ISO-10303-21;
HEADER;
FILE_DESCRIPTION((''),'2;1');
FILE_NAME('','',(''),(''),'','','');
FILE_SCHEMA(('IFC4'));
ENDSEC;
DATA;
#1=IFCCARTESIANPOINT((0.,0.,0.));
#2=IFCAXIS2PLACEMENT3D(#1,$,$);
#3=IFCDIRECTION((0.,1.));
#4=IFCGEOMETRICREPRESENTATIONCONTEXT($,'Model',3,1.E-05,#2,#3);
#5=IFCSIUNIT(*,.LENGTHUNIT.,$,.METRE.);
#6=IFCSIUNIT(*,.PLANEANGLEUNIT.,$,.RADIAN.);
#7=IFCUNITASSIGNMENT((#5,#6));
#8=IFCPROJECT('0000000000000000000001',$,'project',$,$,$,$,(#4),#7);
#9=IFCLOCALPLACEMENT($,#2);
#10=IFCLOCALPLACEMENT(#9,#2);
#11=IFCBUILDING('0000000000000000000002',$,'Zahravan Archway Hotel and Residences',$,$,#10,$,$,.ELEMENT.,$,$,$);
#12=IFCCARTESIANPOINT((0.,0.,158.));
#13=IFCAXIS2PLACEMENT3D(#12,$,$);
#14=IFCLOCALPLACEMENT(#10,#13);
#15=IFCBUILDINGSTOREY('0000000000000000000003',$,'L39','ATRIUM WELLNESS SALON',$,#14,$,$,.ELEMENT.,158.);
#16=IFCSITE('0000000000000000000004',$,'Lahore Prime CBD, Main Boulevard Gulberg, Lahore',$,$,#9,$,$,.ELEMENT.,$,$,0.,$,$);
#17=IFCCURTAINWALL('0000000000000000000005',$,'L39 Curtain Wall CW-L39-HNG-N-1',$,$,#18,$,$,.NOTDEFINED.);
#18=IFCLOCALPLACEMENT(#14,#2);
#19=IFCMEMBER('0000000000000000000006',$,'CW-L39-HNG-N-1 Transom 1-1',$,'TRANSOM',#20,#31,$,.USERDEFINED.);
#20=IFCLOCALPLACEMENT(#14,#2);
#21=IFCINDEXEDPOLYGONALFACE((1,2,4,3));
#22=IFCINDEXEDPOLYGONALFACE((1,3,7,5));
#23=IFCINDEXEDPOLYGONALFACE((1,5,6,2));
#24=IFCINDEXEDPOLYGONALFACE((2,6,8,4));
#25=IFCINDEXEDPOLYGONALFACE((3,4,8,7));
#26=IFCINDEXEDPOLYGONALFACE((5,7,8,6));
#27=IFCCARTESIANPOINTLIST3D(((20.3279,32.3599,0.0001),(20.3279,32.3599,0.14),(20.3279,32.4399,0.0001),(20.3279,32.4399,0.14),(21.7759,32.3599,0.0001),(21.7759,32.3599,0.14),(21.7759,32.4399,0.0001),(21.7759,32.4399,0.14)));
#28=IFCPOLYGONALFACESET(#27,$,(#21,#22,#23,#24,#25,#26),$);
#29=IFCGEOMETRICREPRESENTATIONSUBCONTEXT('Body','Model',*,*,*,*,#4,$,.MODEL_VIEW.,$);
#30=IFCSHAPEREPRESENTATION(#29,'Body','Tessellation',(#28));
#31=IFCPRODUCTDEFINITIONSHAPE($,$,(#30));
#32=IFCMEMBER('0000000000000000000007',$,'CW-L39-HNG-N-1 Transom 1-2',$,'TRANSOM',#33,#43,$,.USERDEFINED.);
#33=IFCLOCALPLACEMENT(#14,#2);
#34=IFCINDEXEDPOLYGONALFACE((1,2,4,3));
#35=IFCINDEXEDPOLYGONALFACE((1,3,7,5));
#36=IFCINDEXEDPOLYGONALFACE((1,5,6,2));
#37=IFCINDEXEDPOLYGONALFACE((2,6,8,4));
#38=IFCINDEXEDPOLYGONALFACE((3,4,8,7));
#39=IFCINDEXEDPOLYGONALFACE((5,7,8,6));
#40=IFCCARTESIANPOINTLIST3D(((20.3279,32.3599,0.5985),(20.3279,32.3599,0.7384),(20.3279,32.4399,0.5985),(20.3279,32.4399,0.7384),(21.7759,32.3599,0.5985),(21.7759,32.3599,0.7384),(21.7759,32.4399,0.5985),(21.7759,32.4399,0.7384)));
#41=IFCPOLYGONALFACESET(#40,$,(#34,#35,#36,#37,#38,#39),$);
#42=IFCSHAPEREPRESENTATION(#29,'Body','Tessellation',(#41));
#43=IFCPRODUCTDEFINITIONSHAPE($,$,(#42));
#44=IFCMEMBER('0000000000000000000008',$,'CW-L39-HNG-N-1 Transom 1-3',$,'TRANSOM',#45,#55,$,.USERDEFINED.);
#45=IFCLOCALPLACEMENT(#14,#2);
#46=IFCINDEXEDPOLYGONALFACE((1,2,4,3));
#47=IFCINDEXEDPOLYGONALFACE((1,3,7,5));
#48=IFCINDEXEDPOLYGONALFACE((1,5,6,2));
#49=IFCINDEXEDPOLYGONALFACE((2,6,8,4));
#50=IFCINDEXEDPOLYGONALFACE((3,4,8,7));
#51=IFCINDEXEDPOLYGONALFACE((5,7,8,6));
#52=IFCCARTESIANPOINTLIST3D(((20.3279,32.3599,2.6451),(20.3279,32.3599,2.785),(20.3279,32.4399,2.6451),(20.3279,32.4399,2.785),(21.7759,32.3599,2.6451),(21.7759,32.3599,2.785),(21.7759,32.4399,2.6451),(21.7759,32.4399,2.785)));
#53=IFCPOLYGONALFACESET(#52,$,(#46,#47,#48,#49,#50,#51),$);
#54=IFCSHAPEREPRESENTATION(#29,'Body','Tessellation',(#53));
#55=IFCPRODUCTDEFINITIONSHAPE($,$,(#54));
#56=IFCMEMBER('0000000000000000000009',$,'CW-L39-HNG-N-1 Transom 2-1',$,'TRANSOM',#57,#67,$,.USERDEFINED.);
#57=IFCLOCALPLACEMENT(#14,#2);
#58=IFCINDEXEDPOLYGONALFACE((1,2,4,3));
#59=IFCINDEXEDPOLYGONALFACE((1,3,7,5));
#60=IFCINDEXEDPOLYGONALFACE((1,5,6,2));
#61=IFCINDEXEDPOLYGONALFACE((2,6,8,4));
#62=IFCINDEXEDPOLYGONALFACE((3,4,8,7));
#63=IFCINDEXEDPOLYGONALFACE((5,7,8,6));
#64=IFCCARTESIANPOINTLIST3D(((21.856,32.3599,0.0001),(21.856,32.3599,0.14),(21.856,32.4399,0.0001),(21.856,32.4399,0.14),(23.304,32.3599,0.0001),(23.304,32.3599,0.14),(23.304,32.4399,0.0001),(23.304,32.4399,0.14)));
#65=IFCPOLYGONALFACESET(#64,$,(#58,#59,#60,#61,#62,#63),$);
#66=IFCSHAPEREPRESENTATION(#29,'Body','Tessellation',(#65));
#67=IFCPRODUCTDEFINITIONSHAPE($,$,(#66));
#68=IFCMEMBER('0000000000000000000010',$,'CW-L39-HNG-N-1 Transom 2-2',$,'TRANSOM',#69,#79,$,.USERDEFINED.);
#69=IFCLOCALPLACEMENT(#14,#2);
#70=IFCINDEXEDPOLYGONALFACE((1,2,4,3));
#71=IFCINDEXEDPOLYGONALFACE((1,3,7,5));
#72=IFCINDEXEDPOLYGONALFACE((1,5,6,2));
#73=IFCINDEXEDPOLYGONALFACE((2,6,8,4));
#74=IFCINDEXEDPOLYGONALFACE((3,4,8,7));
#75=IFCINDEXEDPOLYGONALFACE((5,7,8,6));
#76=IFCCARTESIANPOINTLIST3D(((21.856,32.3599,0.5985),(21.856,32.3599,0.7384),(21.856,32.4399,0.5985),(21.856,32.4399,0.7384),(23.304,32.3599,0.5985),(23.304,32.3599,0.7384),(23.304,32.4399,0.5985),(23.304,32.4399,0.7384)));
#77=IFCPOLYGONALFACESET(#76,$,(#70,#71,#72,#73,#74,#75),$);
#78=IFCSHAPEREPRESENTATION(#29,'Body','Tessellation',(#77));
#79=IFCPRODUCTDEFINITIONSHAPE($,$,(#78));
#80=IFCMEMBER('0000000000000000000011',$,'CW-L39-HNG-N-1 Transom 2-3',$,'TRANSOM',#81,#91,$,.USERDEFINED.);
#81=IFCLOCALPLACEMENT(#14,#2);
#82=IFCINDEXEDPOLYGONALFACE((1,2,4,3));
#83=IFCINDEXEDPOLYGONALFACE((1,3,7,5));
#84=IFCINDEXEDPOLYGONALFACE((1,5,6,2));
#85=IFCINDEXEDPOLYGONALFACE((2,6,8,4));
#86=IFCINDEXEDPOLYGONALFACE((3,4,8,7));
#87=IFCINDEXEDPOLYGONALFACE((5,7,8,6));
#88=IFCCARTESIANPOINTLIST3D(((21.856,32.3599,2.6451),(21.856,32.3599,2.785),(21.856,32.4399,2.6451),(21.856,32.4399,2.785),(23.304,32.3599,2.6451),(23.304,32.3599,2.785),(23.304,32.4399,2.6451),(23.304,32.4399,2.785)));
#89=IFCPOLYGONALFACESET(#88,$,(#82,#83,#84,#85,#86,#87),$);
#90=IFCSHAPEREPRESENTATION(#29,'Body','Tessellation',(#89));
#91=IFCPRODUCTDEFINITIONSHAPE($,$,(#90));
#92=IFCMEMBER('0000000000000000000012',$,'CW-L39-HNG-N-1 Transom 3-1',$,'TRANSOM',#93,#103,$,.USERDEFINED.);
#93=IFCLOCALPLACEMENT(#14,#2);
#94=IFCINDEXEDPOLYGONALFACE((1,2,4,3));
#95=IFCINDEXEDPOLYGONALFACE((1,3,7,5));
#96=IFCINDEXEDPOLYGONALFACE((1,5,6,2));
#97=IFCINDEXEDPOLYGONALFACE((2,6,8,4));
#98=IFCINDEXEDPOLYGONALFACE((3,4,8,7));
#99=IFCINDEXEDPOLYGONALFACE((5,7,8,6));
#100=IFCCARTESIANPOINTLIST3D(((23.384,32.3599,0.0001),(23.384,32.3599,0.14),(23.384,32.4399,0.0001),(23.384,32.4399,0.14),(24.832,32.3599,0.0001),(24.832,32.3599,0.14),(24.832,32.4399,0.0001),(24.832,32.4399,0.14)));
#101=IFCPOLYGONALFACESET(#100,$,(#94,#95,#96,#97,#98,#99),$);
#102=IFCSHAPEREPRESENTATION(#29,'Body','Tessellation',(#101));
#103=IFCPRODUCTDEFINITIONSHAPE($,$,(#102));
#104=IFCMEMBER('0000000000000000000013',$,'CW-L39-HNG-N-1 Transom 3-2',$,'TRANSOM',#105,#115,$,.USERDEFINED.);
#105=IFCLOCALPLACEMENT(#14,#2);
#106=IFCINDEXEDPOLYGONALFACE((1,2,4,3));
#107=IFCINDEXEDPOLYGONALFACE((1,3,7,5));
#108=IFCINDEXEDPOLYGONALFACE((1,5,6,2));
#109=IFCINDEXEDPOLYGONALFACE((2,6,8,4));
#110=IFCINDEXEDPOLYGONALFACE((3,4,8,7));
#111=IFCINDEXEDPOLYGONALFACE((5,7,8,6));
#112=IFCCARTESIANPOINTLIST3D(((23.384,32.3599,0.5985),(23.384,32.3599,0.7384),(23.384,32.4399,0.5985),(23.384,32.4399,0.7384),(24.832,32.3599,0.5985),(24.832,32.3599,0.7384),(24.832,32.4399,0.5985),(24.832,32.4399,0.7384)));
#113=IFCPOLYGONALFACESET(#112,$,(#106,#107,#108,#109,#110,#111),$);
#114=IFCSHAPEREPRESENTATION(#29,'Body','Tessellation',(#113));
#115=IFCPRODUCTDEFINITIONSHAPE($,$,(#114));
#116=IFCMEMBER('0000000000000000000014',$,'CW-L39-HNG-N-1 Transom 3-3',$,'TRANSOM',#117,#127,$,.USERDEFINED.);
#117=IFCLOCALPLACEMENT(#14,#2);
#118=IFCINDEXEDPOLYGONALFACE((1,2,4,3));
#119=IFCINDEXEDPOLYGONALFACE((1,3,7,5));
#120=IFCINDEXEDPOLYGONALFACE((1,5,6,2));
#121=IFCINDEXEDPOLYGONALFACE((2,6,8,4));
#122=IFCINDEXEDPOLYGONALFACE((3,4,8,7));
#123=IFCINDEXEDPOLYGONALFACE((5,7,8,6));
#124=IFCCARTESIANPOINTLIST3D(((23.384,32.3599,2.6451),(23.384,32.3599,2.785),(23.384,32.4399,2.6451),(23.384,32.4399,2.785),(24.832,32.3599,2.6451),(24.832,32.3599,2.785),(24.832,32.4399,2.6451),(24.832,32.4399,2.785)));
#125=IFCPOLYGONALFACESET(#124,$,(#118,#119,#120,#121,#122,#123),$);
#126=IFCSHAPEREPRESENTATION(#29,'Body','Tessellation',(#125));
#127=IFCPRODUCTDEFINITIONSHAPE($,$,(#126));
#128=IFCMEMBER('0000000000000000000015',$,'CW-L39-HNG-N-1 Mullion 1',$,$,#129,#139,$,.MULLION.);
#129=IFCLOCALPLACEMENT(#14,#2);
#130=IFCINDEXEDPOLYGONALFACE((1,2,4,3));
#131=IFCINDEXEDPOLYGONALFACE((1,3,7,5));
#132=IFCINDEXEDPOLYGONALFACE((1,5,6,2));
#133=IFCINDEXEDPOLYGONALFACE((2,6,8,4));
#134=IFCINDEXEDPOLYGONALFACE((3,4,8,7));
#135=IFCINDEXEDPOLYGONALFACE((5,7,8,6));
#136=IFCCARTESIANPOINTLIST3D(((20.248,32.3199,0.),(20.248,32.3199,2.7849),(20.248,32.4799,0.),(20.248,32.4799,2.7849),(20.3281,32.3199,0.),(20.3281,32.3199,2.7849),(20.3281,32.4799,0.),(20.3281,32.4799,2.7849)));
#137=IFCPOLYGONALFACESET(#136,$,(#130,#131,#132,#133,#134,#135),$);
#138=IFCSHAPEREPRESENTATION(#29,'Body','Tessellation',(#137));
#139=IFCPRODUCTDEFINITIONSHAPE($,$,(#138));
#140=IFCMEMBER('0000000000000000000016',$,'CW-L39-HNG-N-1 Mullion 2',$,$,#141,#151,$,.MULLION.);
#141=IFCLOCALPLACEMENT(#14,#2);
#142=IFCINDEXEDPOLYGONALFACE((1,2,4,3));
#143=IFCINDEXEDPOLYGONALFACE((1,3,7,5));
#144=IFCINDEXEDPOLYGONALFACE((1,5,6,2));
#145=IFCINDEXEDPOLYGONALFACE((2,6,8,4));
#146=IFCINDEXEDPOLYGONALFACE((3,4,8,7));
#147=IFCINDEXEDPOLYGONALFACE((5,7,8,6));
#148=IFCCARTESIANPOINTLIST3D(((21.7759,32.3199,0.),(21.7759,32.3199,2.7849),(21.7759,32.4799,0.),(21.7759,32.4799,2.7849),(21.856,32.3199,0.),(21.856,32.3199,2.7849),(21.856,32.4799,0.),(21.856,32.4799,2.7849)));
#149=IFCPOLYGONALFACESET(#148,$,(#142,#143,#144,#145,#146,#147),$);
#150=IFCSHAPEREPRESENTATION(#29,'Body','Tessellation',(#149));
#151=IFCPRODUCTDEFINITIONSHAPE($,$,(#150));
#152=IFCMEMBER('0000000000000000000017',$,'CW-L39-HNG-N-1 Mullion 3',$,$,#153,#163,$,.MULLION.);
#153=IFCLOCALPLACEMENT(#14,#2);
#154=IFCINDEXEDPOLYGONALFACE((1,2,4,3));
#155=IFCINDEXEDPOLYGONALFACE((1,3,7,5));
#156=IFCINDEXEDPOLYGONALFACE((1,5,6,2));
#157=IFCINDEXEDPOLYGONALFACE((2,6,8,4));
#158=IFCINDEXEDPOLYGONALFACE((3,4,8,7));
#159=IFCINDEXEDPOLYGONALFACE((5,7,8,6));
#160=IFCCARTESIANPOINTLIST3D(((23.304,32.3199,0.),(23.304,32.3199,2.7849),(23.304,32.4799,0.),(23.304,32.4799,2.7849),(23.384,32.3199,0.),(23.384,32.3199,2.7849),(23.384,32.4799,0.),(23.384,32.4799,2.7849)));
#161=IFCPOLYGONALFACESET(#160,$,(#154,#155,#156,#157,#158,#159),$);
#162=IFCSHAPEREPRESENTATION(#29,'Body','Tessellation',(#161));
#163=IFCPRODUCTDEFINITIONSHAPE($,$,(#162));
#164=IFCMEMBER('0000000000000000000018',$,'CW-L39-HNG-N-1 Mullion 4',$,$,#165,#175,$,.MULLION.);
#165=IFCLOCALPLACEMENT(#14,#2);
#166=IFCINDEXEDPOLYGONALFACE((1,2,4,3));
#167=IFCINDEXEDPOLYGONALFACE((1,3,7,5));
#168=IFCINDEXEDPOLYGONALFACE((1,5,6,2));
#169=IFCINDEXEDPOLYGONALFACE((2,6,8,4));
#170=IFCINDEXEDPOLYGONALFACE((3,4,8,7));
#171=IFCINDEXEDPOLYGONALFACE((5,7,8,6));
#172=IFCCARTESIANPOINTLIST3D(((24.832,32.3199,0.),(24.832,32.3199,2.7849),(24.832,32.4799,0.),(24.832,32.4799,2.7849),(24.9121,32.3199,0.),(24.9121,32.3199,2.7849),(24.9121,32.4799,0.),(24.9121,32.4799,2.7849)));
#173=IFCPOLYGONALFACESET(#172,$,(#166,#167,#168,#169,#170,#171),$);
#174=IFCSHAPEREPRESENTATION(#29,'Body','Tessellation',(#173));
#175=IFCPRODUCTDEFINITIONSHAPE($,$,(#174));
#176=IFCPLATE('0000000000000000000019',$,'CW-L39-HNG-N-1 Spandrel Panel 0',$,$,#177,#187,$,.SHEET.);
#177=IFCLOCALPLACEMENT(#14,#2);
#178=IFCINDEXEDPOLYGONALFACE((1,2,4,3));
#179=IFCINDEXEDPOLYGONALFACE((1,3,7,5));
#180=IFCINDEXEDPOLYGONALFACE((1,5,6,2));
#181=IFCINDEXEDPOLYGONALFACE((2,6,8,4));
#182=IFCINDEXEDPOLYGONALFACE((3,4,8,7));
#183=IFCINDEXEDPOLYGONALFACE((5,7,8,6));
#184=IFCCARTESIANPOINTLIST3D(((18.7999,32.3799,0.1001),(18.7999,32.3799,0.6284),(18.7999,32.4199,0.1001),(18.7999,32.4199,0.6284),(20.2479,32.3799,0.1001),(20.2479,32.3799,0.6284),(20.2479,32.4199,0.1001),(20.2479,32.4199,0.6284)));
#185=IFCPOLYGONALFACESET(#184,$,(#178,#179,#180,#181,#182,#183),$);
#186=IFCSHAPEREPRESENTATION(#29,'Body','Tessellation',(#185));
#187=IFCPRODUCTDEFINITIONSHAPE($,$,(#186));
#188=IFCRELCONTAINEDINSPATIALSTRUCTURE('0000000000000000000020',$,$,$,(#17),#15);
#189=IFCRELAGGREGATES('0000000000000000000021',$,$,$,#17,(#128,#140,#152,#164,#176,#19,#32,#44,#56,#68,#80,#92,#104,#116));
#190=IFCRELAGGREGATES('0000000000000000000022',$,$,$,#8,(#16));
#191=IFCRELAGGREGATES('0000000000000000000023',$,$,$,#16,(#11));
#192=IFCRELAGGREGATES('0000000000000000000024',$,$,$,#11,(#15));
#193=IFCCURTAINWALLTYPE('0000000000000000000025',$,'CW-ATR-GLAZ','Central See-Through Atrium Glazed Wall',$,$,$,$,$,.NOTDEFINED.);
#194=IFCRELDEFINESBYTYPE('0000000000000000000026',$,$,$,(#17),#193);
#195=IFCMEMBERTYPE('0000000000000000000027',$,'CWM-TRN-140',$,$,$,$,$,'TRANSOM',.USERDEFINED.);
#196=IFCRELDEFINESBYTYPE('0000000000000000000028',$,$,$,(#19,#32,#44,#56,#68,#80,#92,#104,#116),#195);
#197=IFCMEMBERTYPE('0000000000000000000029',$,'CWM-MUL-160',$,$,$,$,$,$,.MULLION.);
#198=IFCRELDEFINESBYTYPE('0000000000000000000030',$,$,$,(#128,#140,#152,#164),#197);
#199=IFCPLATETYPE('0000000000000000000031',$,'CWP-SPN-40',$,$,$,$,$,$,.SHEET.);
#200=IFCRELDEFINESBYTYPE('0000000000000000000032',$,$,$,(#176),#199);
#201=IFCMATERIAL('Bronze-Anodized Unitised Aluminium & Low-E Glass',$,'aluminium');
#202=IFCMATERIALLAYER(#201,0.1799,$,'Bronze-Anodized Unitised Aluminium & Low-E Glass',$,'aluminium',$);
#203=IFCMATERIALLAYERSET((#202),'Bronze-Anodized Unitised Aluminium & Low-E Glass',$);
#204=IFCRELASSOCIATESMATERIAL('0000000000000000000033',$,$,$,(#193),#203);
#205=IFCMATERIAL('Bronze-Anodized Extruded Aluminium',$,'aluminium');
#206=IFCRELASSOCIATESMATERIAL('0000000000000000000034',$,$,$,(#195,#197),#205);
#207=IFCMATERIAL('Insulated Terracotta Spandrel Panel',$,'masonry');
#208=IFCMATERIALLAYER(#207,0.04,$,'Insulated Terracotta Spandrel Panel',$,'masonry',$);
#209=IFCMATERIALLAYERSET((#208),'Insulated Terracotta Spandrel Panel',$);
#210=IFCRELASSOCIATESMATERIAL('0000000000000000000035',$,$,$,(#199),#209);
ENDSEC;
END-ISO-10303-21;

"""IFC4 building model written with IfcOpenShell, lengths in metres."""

from ifc_helpers import new_model, si_unit, direction, frame, origin, origin_2d, place, context, subcontext, project, spatial, rectangle, extrude, source, transform, mapped, material, layer, layer_set, material_profile, profile_set, type_object, element, aggregate, save


model = new_model("IFC4")

# Units and contexts
model_context = context("Model", 3, precision=1e-05, world=origin(), true_north=direction((0.0, 1.0)))
body_context = subcontext(model_context, "Body", "Model", "MODEL_VIEW")
ifc_project = project(units=[si_unit("LENGTHUNIT", "METRE"), si_unit("PLANEANGLEUNIT", "RADIAN")], contexts=[model_context])

# Site, building, storey
site_placement = place(None, origin())
site = spatial("IfcSite", under=ifc_project, at=site_placement, Name="Lahore Prime CBD, Main Boulevard Gulberg, Lahore", CompositionType="ELEMENT", RefElevation=0.0)
building_placement = place(site_placement, origin())
building = spatial("IfcBuilding", under=site, at=building_placement, Name="Zahravan Archway Hotel and Residences", CompositionType="ELEMENT")
storey_placement = place(building_placement, frame((0.0, 0.0, 158.0)))
storey = spatial("IfcBuildingStorey", under=building, at=storey_placement, Name="L39", Description="ATRIUM WELLNESS SALON", CompositionType="ELEMENT", Elevation=158.0)

# Curtain wall, members, plate
ifc_material_1 = material(Name="Bronze-Anodized Unitised Aluminium & Low-E Glass", Category="aluminium")
ifc_layer_1 = layer(ifc_material_1, 0.1799, Name="Bronze-Anodized Unitised Aluminium & Low-E Glass", Category="aluminium")
ifc_layer_set_1 = layer_set([ifc_layer_1], Name="Bronze-Anodized Unitised Aluminium & Low-E Glass")
curtain_wall_type = type_object("IfcCurtainWallType", Name="CW-ATR-GLAZ", Description="Central See-Through Atrium Glazed Wall", PredefinedType="NOTDEFINED", material=ifc_layer_set_1)
curtain_wall_placement = place(storey_placement, origin())
curtain_wall = element("IfcCurtainWall", 1, at=curtain_wall_placement, inside=storey, type_object=curtain_wall_type, Name="L39 Curtain Wall CW-L39-HNG-N-1", PredefinedType="NOTDEFINED")
ifc_material_2 = material(Name="Bronze-Anodized Extruded Aluminium", Category="aluminium")
ifc_material_profile_1 = material_profile(ifc_material_2, rectangle(XDim=0.0801, YDim=0.1399, at=origin_2d()), Name="TRN 80x140", Category="aluminium")
ifc_profile_set_1 = profile_set([ifc_material_profile_1], Name="Bronze-Anodized Extruded Aluminium")
member_type_1 = type_object("IfcMemberType", Name="CWM-TRN-140", ElementType="TRANSOM", PredefinedType="USERDEFINED", material=ifc_profile_set_1)
shared_shape_1 = source(origin(), body_context, "Body", "SweptSolid", [
    extrude(rectangle(XDim=0.0801, YDim=0.1399, at=origin_2d()), origin(), (0.0, 0.0, 1.0), 1.448),
])
member_1_placement = place(storey_placement, frame((20.3279, 32.3999, 0.0701), z_axis=(1.0, 0.0, 0.0), x_axis=(0.0, 1.0, 0.0)))
member_1 = element("IfcMember", 2, at=member_1_placement, type_object=member_type_1, Name="CW-L39-HNG-N-1 Transom 1-1", ObjectType="TRANSOM", PredefinedType="USERDEFINED", context=body_context, shape_type="MappedRepresentation", body=[
    mapped(shared_shape_1, transform((0.0, 0.0, 0.0), scale=1.0)),
])
member_2_placement = place(storey_placement, frame((20.3279, 32.3999, 0.6685), z_axis=(1.0, 0.0, 0.0), x_axis=(0.0, 1.0, 0.0)))
member_2 = element("IfcMember", 3, at=member_2_placement, type_object=member_type_1, Name="CW-L39-HNG-N-1 Transom 1-2", ObjectType="TRANSOM", PredefinedType="USERDEFINED", context=body_context, shape_type="MappedRepresentation", body=[
    mapped(shared_shape_1, transform((0.0, 0.0, 0.0), scale=1.0)),
])
member_3_placement = place(storey_placement, frame((20.3279, 32.3999, 2.7151), z_axis=(1.0, 0.0, 0.0), x_axis=(0.0, 1.0, 0.0)))
member_3 = element("IfcMember", 4, at=member_3_placement, type_object=member_type_1, Name="CW-L39-HNG-N-1 Transom 1-3", ObjectType="TRANSOM", PredefinedType="USERDEFINED", context=body_context, shape_type="MappedRepresentation", body=[
    mapped(shared_shape_1, transform((0.0, 0.0, 0.0), scale=1.0)),
])
member_4_placement = place(storey_placement, frame((21.856, 32.3999, 0.0701), z_axis=(1.0, 0.0, 0.0), x_axis=(0.0, 1.0, 0.0)))
member_4 = element("IfcMember", 5, at=member_4_placement, type_object=member_type_1, Name="CW-L39-HNG-N-1 Transom 2-1", ObjectType="TRANSOM", PredefinedType="USERDEFINED", context=body_context, shape_type="MappedRepresentation", body=[
    mapped(shared_shape_1, transform((0.0, 0.0, 0.0), scale=1.0)),
])
member_5_placement = place(storey_placement, frame((21.856, 32.3999, 0.6685), z_axis=(1.0, 0.0, 0.0), x_axis=(0.0, 1.0, 0.0)))
member_5 = element("IfcMember", 6, at=member_5_placement, type_object=member_type_1, Name="CW-L39-HNG-N-1 Transom 2-2", ObjectType="TRANSOM", PredefinedType="USERDEFINED", context=body_context, shape_type="MappedRepresentation", body=[
    mapped(shared_shape_1, transform((0.0, 0.0, 0.0), scale=1.0)),
])
member_6_placement = place(storey_placement, frame((21.856, 32.3999, 2.7151), z_axis=(1.0, 0.0, 0.0), x_axis=(0.0, 1.0, 0.0)))
member_6 = element("IfcMember", 7, at=member_6_placement, type_object=member_type_1, Name="CW-L39-HNG-N-1 Transom 2-3", ObjectType="TRANSOM", PredefinedType="USERDEFINED", context=body_context, shape_type="MappedRepresentation", body=[
    mapped(shared_shape_1, transform((0.0, 0.0, 0.0), scale=1.0)),
])
member_7_placement = place(storey_placement, frame((23.384, 32.3999, 0.0701), z_axis=(1.0, 0.0, 0.0), x_axis=(0.0, 1.0, 0.0)))
member_7 = element("IfcMember", 8, at=member_7_placement, type_object=member_type_1, Name="CW-L39-HNG-N-1 Transom 3-1", ObjectType="TRANSOM", PredefinedType="USERDEFINED", context=body_context, shape_type="MappedRepresentation", body=[
    mapped(shared_shape_1, transform((0.0, 0.0, 0.0), scale=1.0)),
])
member_8_placement = place(storey_placement, frame((23.384, 32.3999, 0.6685), z_axis=(1.0, 0.0, 0.0), x_axis=(0.0, 1.0, 0.0)))
member_8 = element("IfcMember", 9, at=member_8_placement, type_object=member_type_1, Name="CW-L39-HNG-N-1 Transom 3-2", ObjectType="TRANSOM", PredefinedType="USERDEFINED", context=body_context, shape_type="MappedRepresentation", body=[
    mapped(shared_shape_1, transform((0.0, 0.0, 0.0), scale=1.0)),
])
member_9_placement = place(storey_placement, frame((23.384, 32.3999, 2.7151), z_axis=(1.0, 0.0, 0.0), x_axis=(0.0, 1.0, 0.0)))
member_9 = element("IfcMember", 10, at=member_9_placement, type_object=member_type_1, Name="CW-L39-HNG-N-1 Transom 3-3", ObjectType="TRANSOM", PredefinedType="USERDEFINED", context=body_context, shape_type="MappedRepresentation", body=[
    mapped(shared_shape_1, transform((0.0, 0.0, 0.0), scale=1.0)),
])
ifc_material_profile_2 = material_profile(ifc_material_2, rectangle(XDim=0.0801, YDim=0.1599, at=origin_2d()), Name="MUL 80x160", Category="aluminium")
ifc_profile_set_2 = profile_set([ifc_material_profile_2], Name="Bronze-Anodized Extruded Aluminium")
member_type_2 = type_object("IfcMemberType", Name="CWM-MUL-160", PredefinedType="MULLION", material=ifc_profile_set_2)
shared_shape_2 = source(origin(), body_context, "Body", "SweptSolid", [
    extrude(rectangle(XDim=0.0801, YDim=0.1599, at=origin_2d()), origin(), (0.0, 0.0, 1.0), 2.7849),
])
member_10_placement = place(storey_placement, frame((20.2881, 32.3999, 0.0), z_axis=(0.0, 0.0, 1.0), x_axis=(1.0, 0.0, 0.0)))
member_10 = element("IfcMember", 11, at=member_10_placement, type_object=member_type_2, Name="CW-L39-HNG-N-1 Mullion 1", PredefinedType="MULLION", context=body_context, shape_type="MappedRepresentation", body=[
    mapped(shared_shape_2, transform((0.0, 0.0, 0.0), scale=1.0)),
])
member_11_placement = place(storey_placement, frame((21.8159, 32.3999, 0.0), z_axis=(0.0, 0.0, 1.0), x_axis=(1.0, 0.0, 0.0)))
member_11 = element("IfcMember", 12, at=member_11_placement, type_object=member_type_2, Name="CW-L39-HNG-N-1 Mullion 2", PredefinedType="MULLION", context=body_context, shape_type="MappedRepresentation", body=[
    mapped(shared_shape_2, transform((0.0, 0.0, 0.0), scale=1.0)),
])
member_12_placement = place(storey_placement, frame((23.344, 32.3999, 0.0), z_axis=(0.0, 0.0, 1.0), x_axis=(1.0, 0.0, 0.0)))
member_12 = element("IfcMember", 13, at=member_12_placement, type_object=member_type_2, Name="CW-L39-HNG-N-1 Mullion 3", PredefinedType="MULLION", context=body_context, shape_type="MappedRepresentation", body=[
    mapped(shared_shape_2, transform((0.0, 0.0, 0.0), scale=1.0)),
])
member_13_placement = place(storey_placement, frame((24.8721, 32.3999, 0.0), z_axis=(0.0, 0.0, 1.0), x_axis=(1.0, 0.0, 0.0)))
member_13 = element("IfcMember", 14, at=member_13_placement, type_object=member_type_2, Name="CW-L39-HNG-N-1 Mullion 4", PredefinedType="MULLION", context=body_context, shape_type="MappedRepresentation", body=[
    mapped(shared_shape_2, transform((0.0, 0.0, 0.0), scale=1.0)),
])
ifc_material_3 = material(Name="Insulated Terracotta Spandrel Panel", Category="masonry")
ifc_layer_2 = layer(ifc_material_3, 0.04, Name="Insulated Terracotta Spandrel Panel", Category="masonry")
ifc_layer_set_2 = layer_set([ifc_layer_2], Name="Insulated Terracotta Spandrel Panel")
plate_type_1 = type_object("IfcPlateType", Name="CWP-SPN-40", PredefinedType="SHEET", material=ifc_layer_set_2)
shared_shape_3 = source(origin(), body_context, "Body", "SweptSolid", [
    extrude(rectangle(XDim=1.448, YDim=0.04, at=origin_2d()), origin(), (0.0, 0.0, 1.0), 0.5283),
])
plate_1_placement = place(storey_placement, frame((19.5239, 32.3999, 0.1001), z_axis=(0.0, 0.0, 1.0), x_axis=(1.0, 0.0, 0.0)))
plate_1 = element("IfcPlate", 15, at=plate_1_placement, type_object=plate_type_1, Name="CW-L39-HNG-N-1 Spandrel Panel 0", PredefinedType="SHEET", context=body_context, shape_type="MappedRepresentation", body=[
    mapped(shared_shape_3, transform((0.0, 0.0, 0.0), scale=1.0)),
])
aggregate(curtain_wall, [member_10, member_11, member_12, member_13, plate_1, member_1, member_2, member_3, member_4, member_5, member_6, member_7, member_8, member_9])

save(model, "model.ifc")
